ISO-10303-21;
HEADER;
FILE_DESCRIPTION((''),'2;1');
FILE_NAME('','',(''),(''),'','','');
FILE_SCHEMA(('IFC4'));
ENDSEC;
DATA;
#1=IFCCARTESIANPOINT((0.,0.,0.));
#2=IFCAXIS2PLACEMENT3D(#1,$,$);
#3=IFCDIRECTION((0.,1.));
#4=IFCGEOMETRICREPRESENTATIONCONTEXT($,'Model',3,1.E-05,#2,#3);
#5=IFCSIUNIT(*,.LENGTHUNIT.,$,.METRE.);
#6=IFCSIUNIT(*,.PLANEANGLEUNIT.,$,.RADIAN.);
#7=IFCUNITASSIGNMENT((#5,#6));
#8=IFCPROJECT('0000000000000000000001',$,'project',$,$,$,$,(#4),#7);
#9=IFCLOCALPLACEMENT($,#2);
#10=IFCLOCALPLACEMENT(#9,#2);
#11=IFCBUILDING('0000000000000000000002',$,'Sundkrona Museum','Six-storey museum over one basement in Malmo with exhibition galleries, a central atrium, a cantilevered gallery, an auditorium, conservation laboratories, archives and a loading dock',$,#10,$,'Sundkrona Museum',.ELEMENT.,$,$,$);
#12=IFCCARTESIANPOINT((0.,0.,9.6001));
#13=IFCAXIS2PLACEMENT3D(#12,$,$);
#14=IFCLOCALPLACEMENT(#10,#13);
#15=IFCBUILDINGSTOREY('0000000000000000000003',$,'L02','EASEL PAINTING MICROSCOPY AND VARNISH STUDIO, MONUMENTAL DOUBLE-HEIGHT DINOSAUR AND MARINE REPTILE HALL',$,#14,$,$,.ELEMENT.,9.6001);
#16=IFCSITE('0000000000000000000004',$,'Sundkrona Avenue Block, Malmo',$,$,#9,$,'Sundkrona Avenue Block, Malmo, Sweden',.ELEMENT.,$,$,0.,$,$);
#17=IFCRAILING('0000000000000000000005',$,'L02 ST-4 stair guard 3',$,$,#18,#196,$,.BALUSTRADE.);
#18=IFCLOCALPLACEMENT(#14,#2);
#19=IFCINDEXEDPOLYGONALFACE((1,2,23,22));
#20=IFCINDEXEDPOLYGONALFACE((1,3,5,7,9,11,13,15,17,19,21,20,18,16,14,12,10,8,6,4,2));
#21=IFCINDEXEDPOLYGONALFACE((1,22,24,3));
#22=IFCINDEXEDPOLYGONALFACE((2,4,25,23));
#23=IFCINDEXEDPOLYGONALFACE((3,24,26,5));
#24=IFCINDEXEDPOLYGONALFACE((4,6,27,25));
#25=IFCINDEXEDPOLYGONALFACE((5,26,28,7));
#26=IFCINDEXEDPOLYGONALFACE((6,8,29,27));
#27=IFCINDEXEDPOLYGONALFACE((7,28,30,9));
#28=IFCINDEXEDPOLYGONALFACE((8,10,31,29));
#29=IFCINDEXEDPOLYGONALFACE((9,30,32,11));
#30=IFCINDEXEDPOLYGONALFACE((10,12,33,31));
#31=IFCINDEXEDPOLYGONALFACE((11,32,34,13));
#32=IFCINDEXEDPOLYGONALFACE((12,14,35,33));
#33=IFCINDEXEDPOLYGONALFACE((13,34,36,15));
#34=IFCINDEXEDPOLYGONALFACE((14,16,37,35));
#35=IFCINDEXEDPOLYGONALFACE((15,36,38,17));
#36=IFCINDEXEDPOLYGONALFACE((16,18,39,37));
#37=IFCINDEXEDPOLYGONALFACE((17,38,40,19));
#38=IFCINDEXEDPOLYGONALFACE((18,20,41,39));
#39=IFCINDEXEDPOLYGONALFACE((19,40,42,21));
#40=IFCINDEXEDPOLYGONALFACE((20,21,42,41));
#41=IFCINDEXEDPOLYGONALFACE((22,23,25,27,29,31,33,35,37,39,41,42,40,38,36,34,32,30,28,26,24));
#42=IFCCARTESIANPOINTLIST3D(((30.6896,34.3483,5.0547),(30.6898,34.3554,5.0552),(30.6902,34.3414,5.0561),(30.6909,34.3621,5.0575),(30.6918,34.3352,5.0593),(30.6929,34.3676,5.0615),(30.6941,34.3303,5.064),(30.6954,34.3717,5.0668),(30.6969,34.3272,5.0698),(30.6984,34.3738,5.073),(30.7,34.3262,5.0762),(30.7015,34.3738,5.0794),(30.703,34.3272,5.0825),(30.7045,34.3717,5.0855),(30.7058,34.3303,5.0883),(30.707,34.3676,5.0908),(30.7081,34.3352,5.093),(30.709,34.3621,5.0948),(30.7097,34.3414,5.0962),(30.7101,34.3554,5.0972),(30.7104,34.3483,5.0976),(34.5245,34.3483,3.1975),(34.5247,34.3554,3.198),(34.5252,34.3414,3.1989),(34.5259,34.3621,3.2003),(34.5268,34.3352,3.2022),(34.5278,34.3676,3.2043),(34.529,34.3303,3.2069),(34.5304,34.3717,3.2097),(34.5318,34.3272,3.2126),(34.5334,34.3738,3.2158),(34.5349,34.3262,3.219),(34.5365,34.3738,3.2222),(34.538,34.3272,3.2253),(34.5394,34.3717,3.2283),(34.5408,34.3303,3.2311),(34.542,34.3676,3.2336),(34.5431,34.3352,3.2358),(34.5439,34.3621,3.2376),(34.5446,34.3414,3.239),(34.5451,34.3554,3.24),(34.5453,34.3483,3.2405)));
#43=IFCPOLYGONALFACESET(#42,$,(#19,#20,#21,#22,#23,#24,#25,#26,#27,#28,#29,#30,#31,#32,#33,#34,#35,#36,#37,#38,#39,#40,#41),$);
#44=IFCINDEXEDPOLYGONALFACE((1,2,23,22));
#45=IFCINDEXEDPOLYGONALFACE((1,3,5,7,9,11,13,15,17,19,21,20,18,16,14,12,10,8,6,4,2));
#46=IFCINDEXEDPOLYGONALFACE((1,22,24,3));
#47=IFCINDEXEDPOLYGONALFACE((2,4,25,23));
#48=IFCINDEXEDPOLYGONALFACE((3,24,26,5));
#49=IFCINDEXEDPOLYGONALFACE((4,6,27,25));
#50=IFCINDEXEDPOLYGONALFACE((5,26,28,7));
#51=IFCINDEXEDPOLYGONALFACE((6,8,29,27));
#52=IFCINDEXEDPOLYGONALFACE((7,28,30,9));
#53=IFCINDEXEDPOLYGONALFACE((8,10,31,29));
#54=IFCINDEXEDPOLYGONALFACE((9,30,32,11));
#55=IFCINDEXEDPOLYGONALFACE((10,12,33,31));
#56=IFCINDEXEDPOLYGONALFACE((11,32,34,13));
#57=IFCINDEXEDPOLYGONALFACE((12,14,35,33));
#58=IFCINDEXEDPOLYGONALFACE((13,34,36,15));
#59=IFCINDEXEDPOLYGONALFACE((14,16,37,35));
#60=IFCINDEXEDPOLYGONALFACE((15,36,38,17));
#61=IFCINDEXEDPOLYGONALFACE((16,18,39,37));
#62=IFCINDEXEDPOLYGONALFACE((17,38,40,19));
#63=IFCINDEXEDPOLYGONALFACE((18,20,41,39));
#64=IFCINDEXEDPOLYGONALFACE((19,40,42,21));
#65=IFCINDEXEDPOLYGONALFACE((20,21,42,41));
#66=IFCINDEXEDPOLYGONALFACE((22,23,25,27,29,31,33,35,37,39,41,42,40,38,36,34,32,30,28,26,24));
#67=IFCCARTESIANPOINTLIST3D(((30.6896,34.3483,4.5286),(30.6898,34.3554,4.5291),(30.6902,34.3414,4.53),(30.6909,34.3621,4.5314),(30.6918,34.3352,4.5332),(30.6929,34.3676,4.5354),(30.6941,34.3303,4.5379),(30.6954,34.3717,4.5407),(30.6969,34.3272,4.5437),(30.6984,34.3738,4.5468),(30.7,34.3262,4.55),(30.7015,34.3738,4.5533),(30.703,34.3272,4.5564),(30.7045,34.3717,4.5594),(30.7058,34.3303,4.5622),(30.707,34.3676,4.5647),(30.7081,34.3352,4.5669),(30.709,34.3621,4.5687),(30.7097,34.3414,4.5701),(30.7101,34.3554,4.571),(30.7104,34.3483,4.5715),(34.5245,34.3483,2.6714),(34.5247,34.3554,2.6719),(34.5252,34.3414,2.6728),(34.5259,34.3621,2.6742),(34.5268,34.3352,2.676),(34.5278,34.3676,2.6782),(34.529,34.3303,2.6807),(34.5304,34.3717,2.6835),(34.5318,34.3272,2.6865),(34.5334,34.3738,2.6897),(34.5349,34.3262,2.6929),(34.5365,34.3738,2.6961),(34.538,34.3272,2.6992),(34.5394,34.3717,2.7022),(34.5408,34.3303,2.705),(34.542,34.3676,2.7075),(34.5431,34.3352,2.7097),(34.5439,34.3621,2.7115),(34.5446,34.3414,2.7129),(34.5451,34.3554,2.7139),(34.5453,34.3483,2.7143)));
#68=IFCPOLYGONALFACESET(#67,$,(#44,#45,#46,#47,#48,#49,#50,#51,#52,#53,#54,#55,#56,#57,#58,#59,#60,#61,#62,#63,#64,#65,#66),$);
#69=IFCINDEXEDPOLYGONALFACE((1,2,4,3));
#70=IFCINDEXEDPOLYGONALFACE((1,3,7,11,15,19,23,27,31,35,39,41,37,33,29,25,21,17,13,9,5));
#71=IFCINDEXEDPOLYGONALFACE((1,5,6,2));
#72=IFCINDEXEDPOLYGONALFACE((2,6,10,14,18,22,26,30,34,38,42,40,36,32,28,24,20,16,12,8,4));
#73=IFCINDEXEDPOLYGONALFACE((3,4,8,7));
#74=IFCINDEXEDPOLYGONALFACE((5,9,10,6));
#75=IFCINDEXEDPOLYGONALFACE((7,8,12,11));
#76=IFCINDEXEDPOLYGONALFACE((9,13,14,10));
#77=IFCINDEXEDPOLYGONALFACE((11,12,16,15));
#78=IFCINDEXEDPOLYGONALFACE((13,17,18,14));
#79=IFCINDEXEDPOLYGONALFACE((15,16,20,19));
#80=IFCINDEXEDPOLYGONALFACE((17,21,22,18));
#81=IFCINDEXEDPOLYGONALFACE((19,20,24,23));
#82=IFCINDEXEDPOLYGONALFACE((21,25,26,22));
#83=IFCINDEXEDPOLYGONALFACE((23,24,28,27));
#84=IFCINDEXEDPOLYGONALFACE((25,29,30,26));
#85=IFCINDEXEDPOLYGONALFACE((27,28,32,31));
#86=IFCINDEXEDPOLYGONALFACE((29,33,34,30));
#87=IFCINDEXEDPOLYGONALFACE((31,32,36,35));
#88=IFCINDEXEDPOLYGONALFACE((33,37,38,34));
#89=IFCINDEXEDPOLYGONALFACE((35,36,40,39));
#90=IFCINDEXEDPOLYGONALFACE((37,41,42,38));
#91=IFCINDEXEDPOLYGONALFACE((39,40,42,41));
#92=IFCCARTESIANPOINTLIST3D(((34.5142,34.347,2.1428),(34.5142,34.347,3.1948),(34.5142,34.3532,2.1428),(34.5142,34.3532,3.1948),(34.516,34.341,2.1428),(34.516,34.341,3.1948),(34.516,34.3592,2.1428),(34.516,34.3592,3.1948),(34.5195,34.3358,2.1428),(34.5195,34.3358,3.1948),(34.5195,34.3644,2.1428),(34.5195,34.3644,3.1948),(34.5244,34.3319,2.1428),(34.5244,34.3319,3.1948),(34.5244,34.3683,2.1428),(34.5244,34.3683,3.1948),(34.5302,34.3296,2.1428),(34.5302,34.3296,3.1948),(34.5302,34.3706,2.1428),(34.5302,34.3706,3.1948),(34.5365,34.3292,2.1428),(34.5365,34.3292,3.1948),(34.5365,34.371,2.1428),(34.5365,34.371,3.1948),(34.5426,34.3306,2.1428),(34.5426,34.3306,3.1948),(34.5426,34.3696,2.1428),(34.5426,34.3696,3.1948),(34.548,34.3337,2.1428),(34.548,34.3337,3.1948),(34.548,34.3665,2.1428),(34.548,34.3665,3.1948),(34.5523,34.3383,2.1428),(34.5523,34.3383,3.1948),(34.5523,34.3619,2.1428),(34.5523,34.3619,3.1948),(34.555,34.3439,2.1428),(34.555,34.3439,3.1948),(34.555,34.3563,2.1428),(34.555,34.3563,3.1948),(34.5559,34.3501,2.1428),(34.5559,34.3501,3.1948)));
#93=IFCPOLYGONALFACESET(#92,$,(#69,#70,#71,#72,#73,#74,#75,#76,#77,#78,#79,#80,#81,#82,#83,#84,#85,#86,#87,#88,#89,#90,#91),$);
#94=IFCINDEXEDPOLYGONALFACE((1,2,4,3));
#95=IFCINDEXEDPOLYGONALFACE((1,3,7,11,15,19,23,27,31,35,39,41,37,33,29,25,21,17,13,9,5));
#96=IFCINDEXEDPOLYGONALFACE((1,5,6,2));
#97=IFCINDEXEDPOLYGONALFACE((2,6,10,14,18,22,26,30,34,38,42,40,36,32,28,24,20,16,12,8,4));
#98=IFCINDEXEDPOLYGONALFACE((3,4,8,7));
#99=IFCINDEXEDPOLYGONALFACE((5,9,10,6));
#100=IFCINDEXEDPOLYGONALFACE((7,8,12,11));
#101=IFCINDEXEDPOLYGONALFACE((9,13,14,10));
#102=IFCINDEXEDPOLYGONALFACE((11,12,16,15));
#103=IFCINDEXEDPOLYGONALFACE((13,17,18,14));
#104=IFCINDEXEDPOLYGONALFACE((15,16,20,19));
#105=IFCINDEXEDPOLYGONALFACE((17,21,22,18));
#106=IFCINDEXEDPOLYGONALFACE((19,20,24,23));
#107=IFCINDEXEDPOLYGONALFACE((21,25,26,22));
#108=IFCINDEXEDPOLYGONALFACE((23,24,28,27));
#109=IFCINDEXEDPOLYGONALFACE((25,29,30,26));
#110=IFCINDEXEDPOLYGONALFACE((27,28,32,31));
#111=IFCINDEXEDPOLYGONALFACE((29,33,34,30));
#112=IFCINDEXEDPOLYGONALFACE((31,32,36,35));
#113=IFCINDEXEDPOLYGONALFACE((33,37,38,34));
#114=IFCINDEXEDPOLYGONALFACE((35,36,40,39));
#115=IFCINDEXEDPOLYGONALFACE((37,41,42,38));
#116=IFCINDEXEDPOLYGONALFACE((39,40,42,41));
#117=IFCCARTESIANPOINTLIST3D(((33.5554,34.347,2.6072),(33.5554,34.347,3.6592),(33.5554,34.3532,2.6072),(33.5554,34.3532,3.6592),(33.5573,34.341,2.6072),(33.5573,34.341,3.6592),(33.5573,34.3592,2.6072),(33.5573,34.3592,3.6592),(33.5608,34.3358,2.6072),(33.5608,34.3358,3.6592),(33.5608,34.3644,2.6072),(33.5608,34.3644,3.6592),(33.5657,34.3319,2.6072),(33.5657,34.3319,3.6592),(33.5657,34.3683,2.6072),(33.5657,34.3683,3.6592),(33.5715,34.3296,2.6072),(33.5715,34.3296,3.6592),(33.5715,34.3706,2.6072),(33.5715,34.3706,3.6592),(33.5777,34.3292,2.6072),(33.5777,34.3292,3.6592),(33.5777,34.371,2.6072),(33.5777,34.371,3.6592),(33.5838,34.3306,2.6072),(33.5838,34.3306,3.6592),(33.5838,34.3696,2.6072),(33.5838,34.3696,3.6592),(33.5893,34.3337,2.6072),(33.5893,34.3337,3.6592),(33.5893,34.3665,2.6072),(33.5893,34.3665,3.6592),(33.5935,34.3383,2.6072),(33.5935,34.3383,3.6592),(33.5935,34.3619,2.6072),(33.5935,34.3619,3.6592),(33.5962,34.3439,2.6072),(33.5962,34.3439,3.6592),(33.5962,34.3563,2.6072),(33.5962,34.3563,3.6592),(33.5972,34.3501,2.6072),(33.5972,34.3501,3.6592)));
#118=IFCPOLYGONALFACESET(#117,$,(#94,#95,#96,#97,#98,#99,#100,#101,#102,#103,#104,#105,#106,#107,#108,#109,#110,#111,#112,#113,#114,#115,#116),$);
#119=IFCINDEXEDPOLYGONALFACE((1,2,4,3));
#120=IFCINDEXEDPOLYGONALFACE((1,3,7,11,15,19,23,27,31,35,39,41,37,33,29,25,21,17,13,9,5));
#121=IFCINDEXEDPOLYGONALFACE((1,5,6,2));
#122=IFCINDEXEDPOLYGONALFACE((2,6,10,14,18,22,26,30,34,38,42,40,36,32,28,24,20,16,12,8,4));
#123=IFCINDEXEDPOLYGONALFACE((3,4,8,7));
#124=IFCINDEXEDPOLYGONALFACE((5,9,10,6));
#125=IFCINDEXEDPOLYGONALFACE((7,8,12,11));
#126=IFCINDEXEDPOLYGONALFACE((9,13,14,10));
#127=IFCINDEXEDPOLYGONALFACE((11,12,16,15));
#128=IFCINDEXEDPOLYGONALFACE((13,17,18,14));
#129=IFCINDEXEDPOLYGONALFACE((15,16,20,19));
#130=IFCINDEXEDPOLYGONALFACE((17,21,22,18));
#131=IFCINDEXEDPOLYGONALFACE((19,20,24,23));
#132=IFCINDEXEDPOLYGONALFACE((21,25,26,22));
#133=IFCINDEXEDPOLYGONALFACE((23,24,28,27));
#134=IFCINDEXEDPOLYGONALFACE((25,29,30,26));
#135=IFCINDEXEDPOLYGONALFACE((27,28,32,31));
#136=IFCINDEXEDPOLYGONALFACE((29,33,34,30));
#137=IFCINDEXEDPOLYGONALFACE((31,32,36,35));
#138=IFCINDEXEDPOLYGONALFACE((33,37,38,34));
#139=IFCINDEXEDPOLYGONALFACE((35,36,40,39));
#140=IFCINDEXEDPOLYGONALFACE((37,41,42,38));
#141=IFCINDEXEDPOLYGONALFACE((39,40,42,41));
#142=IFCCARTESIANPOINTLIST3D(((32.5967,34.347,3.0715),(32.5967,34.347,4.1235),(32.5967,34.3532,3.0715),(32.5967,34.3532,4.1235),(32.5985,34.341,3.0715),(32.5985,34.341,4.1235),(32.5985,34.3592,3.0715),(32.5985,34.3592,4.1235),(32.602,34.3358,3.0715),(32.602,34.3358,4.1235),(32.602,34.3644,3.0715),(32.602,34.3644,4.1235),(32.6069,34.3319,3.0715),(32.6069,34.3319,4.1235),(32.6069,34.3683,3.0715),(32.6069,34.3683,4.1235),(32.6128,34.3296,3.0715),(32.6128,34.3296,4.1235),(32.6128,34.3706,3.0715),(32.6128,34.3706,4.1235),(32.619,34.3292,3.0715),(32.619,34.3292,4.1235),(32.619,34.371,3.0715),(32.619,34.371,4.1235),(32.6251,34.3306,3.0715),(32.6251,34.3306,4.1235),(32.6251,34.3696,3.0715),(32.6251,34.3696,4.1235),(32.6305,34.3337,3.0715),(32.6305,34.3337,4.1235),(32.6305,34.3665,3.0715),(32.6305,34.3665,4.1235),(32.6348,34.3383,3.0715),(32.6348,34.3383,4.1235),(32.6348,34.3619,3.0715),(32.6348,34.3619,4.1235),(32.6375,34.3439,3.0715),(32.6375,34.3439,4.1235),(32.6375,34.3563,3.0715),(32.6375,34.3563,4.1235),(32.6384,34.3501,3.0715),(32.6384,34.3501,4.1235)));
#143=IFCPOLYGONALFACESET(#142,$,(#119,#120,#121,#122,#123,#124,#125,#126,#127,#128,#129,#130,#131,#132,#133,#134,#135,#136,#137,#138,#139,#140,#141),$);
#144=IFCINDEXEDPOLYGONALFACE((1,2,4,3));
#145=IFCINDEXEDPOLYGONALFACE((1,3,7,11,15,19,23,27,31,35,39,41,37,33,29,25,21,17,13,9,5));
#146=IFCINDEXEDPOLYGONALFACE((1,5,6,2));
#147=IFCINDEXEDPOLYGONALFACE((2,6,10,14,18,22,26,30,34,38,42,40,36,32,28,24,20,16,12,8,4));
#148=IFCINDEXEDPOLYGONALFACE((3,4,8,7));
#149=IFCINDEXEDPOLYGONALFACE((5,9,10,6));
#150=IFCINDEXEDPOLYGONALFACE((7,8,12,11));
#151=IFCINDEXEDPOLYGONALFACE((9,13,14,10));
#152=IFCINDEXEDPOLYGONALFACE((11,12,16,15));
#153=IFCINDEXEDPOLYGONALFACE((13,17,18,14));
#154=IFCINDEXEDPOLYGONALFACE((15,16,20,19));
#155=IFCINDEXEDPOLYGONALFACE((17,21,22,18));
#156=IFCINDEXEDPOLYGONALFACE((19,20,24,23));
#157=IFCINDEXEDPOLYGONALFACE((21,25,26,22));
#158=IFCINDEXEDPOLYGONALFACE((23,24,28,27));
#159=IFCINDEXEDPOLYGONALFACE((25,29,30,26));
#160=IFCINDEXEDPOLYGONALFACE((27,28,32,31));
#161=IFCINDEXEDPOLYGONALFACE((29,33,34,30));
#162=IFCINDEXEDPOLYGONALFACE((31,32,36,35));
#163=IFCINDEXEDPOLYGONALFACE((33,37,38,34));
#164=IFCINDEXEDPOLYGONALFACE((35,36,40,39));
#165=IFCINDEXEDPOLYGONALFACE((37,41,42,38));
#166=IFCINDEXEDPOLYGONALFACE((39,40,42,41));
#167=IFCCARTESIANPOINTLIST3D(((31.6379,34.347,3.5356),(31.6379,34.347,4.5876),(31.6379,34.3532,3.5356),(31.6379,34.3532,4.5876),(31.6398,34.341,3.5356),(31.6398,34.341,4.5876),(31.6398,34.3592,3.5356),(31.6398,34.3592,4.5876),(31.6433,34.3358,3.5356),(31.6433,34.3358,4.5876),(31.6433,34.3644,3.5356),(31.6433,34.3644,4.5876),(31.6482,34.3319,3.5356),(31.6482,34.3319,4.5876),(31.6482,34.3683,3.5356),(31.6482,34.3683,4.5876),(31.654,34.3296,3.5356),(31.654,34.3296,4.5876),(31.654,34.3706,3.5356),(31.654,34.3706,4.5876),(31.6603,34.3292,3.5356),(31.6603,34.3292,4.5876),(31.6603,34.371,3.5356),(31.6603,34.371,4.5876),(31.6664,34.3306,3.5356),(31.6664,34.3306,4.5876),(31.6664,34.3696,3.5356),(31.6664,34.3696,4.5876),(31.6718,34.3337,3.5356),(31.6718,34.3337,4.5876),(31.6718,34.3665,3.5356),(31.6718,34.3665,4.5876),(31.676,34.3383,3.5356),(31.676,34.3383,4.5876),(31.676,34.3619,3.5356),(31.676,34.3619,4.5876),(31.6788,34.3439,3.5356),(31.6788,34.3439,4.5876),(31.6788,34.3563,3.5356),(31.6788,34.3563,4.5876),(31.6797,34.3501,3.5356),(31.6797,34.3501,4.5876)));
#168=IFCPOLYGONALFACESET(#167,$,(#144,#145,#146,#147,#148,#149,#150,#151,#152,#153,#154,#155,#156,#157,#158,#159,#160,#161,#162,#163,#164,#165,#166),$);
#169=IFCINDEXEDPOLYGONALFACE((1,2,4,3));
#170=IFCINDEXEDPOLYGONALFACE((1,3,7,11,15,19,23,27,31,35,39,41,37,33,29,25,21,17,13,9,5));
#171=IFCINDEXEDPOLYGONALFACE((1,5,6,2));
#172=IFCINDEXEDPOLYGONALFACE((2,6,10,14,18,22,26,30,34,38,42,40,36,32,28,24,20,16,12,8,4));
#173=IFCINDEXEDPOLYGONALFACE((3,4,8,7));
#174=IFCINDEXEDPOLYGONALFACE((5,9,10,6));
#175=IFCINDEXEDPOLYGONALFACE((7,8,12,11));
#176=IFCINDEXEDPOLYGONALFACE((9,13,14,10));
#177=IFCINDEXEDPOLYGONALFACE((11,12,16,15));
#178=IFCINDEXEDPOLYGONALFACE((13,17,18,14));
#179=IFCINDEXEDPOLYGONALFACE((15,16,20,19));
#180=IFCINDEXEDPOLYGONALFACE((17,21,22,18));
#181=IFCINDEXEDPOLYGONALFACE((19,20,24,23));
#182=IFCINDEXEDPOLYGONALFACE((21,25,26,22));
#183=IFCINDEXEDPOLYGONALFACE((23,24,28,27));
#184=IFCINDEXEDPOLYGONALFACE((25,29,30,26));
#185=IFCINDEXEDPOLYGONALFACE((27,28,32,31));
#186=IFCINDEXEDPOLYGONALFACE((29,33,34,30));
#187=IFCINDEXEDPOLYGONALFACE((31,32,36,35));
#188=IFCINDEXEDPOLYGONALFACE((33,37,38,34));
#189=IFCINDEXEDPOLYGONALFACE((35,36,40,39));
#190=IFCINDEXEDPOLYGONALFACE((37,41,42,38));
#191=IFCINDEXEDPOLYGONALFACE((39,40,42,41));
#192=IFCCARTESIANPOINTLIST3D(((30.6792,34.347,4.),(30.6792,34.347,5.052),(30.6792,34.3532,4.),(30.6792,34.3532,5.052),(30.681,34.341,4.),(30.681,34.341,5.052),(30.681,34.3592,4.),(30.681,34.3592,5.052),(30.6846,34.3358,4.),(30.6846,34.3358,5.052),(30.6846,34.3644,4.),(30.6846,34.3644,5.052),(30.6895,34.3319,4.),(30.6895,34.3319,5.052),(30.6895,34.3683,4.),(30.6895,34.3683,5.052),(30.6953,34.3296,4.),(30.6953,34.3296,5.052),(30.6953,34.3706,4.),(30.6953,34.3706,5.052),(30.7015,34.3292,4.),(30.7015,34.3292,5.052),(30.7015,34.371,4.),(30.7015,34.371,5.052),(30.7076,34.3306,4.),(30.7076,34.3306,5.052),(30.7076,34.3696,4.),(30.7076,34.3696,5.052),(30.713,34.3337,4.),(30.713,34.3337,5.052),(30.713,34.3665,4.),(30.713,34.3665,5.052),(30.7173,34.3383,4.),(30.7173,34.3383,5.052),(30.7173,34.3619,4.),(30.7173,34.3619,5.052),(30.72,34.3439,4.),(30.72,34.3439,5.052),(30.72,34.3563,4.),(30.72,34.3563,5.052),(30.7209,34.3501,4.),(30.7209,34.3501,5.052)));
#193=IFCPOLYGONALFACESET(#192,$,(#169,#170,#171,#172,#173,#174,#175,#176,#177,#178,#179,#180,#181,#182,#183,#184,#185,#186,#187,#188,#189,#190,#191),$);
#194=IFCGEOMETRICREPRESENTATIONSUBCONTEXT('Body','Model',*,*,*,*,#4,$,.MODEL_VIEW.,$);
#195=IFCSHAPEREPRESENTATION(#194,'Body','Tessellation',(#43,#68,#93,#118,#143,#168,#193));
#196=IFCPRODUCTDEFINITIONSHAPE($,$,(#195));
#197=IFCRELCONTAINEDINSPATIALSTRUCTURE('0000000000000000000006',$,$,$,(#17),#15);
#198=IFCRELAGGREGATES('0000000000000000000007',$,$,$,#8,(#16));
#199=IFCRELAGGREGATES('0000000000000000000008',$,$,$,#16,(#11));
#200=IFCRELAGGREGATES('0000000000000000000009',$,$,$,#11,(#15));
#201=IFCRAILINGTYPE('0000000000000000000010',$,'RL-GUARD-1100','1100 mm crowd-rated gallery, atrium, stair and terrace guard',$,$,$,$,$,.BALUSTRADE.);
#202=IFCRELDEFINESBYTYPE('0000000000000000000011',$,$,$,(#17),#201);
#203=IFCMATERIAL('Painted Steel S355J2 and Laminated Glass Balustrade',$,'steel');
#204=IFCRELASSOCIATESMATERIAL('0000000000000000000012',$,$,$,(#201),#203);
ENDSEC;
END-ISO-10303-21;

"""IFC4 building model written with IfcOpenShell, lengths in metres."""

from ifc_helpers import new_model, si_unit, direction, frame, origin, origin_2d, place, context, subcontext, project, spatial, circle, extrude, material, type_object, element, save


model = new_model("IFC4")

# Units and contexts
model_context = context("Model", 3, precision=1e-05, world=origin(), true_north=direction((0.0, 1.0)))
body_context = subcontext(model_context, "Body", "Model", "MODEL_VIEW")
ifc_project = project(units=[si_unit("LENGTHUNIT", "METRE"), si_unit("PLANEANGLEUNIT", "RADIAN")], contexts=[model_context])

# Site, building, storey
site_placement = place(None, origin())
site = spatial("IfcSite", under=ifc_project, at=site_placement, Name="Sundkrona Avenue Block, Malmo", LongName="Sundkrona Avenue Block, Malmo, Sweden", CompositionType="ELEMENT", RefElevation=0.0)
building_placement = place(site_placement, origin())
building = spatial("IfcBuilding", under=site, at=building_placement, Name="Sundkrona Museum", Description="Six-storey museum over one basement in Malmo with exhibition galleries, a central atrium, a cantilevered gallery, an auditorium, conservation laboratories, archives and a loading dock", LongName="Sundkrona Museum", CompositionType="ELEMENT")
storey_placement = place(building_placement, frame((0.0, 0.0, 9.6001)))
storey = spatial("IfcBuildingStorey", under=building, at=storey_placement, Name="L02", Description="EASEL PAINTING MICROSCOPY AND VARNISH STUDIO, MONUMENTAL DOUBLE-HEIGHT DINOSAUR AND MARINE REPTILE HALL", CompositionType="ELEMENT", Elevation=9.6001)

# Railing
ifc_material_1 = material(Name="Painted Steel S355J2 and Laminated Glass Balustrade", Category="steel")
railing_type_1 = type_object("IfcRailingType", Name="RL-GUARD-1100", Description="1100 mm crowd-rated gallery, atrium, stair and terrace guard", PredefinedType="BALUSTRADE", material=ifc_material_1)
railing_1_placement = place(storey_placement, frame((34.5349, 34.3501, 2.1428)))
element("IfcRailing", 1, at=railing_1_placement, inside=storey, type_object=railing_type_1, Name="L02 ST-4 stair guard 3", PredefinedType="BALUSTRADE", context=body_context, shape_type="SweptSolid", body=[
    extrude(circle(Radius=0.0239, at=origin_2d()), frame((0.0, 0.0, 1.0762), z_axis=(-0.900016, 0.0, 0.435856), x_axis=(0.0, -1.0, 0.0)), (0.0, 0.0, 1.0), 4.261),
    extrude(circle(Radius=0.0239, at=origin_2d()), frame((0.0, 0.0, 0.55), z_axis=(-0.900016, 0.0, 0.435856), x_axis=(0.0, -1.0, 0.0)), (0.0, 0.0, 1.0), 4.261),
    extrude(circle(Radius=0.021, at=origin_2d()), origin(), (0.0, 0.0, 1.0), 1.052),
    extrude(circle(Radius=0.021, at=origin_2d()), frame((-0.9587, 0.0, 0.4644)), (0.0, 0.0, 1.0), 1.052),
    extrude(circle(Radius=0.021, at=origin_2d()), frame((-1.9175, 0.0, 0.9287)), (0.0, 0.0, 1.0), 1.052),
    extrude(circle(Radius=0.021, at=origin_2d()), frame((-2.8762, 0.0, 1.3928)), (0.0, 0.0, 1.0), 1.052),
    extrude(circle(Radius=0.021, at=origin_2d()), frame((-3.835, 0.0, 1.8572)), (0.0, 0.0, 1.0), 1.052),
])

save(model, "model.ifc")
